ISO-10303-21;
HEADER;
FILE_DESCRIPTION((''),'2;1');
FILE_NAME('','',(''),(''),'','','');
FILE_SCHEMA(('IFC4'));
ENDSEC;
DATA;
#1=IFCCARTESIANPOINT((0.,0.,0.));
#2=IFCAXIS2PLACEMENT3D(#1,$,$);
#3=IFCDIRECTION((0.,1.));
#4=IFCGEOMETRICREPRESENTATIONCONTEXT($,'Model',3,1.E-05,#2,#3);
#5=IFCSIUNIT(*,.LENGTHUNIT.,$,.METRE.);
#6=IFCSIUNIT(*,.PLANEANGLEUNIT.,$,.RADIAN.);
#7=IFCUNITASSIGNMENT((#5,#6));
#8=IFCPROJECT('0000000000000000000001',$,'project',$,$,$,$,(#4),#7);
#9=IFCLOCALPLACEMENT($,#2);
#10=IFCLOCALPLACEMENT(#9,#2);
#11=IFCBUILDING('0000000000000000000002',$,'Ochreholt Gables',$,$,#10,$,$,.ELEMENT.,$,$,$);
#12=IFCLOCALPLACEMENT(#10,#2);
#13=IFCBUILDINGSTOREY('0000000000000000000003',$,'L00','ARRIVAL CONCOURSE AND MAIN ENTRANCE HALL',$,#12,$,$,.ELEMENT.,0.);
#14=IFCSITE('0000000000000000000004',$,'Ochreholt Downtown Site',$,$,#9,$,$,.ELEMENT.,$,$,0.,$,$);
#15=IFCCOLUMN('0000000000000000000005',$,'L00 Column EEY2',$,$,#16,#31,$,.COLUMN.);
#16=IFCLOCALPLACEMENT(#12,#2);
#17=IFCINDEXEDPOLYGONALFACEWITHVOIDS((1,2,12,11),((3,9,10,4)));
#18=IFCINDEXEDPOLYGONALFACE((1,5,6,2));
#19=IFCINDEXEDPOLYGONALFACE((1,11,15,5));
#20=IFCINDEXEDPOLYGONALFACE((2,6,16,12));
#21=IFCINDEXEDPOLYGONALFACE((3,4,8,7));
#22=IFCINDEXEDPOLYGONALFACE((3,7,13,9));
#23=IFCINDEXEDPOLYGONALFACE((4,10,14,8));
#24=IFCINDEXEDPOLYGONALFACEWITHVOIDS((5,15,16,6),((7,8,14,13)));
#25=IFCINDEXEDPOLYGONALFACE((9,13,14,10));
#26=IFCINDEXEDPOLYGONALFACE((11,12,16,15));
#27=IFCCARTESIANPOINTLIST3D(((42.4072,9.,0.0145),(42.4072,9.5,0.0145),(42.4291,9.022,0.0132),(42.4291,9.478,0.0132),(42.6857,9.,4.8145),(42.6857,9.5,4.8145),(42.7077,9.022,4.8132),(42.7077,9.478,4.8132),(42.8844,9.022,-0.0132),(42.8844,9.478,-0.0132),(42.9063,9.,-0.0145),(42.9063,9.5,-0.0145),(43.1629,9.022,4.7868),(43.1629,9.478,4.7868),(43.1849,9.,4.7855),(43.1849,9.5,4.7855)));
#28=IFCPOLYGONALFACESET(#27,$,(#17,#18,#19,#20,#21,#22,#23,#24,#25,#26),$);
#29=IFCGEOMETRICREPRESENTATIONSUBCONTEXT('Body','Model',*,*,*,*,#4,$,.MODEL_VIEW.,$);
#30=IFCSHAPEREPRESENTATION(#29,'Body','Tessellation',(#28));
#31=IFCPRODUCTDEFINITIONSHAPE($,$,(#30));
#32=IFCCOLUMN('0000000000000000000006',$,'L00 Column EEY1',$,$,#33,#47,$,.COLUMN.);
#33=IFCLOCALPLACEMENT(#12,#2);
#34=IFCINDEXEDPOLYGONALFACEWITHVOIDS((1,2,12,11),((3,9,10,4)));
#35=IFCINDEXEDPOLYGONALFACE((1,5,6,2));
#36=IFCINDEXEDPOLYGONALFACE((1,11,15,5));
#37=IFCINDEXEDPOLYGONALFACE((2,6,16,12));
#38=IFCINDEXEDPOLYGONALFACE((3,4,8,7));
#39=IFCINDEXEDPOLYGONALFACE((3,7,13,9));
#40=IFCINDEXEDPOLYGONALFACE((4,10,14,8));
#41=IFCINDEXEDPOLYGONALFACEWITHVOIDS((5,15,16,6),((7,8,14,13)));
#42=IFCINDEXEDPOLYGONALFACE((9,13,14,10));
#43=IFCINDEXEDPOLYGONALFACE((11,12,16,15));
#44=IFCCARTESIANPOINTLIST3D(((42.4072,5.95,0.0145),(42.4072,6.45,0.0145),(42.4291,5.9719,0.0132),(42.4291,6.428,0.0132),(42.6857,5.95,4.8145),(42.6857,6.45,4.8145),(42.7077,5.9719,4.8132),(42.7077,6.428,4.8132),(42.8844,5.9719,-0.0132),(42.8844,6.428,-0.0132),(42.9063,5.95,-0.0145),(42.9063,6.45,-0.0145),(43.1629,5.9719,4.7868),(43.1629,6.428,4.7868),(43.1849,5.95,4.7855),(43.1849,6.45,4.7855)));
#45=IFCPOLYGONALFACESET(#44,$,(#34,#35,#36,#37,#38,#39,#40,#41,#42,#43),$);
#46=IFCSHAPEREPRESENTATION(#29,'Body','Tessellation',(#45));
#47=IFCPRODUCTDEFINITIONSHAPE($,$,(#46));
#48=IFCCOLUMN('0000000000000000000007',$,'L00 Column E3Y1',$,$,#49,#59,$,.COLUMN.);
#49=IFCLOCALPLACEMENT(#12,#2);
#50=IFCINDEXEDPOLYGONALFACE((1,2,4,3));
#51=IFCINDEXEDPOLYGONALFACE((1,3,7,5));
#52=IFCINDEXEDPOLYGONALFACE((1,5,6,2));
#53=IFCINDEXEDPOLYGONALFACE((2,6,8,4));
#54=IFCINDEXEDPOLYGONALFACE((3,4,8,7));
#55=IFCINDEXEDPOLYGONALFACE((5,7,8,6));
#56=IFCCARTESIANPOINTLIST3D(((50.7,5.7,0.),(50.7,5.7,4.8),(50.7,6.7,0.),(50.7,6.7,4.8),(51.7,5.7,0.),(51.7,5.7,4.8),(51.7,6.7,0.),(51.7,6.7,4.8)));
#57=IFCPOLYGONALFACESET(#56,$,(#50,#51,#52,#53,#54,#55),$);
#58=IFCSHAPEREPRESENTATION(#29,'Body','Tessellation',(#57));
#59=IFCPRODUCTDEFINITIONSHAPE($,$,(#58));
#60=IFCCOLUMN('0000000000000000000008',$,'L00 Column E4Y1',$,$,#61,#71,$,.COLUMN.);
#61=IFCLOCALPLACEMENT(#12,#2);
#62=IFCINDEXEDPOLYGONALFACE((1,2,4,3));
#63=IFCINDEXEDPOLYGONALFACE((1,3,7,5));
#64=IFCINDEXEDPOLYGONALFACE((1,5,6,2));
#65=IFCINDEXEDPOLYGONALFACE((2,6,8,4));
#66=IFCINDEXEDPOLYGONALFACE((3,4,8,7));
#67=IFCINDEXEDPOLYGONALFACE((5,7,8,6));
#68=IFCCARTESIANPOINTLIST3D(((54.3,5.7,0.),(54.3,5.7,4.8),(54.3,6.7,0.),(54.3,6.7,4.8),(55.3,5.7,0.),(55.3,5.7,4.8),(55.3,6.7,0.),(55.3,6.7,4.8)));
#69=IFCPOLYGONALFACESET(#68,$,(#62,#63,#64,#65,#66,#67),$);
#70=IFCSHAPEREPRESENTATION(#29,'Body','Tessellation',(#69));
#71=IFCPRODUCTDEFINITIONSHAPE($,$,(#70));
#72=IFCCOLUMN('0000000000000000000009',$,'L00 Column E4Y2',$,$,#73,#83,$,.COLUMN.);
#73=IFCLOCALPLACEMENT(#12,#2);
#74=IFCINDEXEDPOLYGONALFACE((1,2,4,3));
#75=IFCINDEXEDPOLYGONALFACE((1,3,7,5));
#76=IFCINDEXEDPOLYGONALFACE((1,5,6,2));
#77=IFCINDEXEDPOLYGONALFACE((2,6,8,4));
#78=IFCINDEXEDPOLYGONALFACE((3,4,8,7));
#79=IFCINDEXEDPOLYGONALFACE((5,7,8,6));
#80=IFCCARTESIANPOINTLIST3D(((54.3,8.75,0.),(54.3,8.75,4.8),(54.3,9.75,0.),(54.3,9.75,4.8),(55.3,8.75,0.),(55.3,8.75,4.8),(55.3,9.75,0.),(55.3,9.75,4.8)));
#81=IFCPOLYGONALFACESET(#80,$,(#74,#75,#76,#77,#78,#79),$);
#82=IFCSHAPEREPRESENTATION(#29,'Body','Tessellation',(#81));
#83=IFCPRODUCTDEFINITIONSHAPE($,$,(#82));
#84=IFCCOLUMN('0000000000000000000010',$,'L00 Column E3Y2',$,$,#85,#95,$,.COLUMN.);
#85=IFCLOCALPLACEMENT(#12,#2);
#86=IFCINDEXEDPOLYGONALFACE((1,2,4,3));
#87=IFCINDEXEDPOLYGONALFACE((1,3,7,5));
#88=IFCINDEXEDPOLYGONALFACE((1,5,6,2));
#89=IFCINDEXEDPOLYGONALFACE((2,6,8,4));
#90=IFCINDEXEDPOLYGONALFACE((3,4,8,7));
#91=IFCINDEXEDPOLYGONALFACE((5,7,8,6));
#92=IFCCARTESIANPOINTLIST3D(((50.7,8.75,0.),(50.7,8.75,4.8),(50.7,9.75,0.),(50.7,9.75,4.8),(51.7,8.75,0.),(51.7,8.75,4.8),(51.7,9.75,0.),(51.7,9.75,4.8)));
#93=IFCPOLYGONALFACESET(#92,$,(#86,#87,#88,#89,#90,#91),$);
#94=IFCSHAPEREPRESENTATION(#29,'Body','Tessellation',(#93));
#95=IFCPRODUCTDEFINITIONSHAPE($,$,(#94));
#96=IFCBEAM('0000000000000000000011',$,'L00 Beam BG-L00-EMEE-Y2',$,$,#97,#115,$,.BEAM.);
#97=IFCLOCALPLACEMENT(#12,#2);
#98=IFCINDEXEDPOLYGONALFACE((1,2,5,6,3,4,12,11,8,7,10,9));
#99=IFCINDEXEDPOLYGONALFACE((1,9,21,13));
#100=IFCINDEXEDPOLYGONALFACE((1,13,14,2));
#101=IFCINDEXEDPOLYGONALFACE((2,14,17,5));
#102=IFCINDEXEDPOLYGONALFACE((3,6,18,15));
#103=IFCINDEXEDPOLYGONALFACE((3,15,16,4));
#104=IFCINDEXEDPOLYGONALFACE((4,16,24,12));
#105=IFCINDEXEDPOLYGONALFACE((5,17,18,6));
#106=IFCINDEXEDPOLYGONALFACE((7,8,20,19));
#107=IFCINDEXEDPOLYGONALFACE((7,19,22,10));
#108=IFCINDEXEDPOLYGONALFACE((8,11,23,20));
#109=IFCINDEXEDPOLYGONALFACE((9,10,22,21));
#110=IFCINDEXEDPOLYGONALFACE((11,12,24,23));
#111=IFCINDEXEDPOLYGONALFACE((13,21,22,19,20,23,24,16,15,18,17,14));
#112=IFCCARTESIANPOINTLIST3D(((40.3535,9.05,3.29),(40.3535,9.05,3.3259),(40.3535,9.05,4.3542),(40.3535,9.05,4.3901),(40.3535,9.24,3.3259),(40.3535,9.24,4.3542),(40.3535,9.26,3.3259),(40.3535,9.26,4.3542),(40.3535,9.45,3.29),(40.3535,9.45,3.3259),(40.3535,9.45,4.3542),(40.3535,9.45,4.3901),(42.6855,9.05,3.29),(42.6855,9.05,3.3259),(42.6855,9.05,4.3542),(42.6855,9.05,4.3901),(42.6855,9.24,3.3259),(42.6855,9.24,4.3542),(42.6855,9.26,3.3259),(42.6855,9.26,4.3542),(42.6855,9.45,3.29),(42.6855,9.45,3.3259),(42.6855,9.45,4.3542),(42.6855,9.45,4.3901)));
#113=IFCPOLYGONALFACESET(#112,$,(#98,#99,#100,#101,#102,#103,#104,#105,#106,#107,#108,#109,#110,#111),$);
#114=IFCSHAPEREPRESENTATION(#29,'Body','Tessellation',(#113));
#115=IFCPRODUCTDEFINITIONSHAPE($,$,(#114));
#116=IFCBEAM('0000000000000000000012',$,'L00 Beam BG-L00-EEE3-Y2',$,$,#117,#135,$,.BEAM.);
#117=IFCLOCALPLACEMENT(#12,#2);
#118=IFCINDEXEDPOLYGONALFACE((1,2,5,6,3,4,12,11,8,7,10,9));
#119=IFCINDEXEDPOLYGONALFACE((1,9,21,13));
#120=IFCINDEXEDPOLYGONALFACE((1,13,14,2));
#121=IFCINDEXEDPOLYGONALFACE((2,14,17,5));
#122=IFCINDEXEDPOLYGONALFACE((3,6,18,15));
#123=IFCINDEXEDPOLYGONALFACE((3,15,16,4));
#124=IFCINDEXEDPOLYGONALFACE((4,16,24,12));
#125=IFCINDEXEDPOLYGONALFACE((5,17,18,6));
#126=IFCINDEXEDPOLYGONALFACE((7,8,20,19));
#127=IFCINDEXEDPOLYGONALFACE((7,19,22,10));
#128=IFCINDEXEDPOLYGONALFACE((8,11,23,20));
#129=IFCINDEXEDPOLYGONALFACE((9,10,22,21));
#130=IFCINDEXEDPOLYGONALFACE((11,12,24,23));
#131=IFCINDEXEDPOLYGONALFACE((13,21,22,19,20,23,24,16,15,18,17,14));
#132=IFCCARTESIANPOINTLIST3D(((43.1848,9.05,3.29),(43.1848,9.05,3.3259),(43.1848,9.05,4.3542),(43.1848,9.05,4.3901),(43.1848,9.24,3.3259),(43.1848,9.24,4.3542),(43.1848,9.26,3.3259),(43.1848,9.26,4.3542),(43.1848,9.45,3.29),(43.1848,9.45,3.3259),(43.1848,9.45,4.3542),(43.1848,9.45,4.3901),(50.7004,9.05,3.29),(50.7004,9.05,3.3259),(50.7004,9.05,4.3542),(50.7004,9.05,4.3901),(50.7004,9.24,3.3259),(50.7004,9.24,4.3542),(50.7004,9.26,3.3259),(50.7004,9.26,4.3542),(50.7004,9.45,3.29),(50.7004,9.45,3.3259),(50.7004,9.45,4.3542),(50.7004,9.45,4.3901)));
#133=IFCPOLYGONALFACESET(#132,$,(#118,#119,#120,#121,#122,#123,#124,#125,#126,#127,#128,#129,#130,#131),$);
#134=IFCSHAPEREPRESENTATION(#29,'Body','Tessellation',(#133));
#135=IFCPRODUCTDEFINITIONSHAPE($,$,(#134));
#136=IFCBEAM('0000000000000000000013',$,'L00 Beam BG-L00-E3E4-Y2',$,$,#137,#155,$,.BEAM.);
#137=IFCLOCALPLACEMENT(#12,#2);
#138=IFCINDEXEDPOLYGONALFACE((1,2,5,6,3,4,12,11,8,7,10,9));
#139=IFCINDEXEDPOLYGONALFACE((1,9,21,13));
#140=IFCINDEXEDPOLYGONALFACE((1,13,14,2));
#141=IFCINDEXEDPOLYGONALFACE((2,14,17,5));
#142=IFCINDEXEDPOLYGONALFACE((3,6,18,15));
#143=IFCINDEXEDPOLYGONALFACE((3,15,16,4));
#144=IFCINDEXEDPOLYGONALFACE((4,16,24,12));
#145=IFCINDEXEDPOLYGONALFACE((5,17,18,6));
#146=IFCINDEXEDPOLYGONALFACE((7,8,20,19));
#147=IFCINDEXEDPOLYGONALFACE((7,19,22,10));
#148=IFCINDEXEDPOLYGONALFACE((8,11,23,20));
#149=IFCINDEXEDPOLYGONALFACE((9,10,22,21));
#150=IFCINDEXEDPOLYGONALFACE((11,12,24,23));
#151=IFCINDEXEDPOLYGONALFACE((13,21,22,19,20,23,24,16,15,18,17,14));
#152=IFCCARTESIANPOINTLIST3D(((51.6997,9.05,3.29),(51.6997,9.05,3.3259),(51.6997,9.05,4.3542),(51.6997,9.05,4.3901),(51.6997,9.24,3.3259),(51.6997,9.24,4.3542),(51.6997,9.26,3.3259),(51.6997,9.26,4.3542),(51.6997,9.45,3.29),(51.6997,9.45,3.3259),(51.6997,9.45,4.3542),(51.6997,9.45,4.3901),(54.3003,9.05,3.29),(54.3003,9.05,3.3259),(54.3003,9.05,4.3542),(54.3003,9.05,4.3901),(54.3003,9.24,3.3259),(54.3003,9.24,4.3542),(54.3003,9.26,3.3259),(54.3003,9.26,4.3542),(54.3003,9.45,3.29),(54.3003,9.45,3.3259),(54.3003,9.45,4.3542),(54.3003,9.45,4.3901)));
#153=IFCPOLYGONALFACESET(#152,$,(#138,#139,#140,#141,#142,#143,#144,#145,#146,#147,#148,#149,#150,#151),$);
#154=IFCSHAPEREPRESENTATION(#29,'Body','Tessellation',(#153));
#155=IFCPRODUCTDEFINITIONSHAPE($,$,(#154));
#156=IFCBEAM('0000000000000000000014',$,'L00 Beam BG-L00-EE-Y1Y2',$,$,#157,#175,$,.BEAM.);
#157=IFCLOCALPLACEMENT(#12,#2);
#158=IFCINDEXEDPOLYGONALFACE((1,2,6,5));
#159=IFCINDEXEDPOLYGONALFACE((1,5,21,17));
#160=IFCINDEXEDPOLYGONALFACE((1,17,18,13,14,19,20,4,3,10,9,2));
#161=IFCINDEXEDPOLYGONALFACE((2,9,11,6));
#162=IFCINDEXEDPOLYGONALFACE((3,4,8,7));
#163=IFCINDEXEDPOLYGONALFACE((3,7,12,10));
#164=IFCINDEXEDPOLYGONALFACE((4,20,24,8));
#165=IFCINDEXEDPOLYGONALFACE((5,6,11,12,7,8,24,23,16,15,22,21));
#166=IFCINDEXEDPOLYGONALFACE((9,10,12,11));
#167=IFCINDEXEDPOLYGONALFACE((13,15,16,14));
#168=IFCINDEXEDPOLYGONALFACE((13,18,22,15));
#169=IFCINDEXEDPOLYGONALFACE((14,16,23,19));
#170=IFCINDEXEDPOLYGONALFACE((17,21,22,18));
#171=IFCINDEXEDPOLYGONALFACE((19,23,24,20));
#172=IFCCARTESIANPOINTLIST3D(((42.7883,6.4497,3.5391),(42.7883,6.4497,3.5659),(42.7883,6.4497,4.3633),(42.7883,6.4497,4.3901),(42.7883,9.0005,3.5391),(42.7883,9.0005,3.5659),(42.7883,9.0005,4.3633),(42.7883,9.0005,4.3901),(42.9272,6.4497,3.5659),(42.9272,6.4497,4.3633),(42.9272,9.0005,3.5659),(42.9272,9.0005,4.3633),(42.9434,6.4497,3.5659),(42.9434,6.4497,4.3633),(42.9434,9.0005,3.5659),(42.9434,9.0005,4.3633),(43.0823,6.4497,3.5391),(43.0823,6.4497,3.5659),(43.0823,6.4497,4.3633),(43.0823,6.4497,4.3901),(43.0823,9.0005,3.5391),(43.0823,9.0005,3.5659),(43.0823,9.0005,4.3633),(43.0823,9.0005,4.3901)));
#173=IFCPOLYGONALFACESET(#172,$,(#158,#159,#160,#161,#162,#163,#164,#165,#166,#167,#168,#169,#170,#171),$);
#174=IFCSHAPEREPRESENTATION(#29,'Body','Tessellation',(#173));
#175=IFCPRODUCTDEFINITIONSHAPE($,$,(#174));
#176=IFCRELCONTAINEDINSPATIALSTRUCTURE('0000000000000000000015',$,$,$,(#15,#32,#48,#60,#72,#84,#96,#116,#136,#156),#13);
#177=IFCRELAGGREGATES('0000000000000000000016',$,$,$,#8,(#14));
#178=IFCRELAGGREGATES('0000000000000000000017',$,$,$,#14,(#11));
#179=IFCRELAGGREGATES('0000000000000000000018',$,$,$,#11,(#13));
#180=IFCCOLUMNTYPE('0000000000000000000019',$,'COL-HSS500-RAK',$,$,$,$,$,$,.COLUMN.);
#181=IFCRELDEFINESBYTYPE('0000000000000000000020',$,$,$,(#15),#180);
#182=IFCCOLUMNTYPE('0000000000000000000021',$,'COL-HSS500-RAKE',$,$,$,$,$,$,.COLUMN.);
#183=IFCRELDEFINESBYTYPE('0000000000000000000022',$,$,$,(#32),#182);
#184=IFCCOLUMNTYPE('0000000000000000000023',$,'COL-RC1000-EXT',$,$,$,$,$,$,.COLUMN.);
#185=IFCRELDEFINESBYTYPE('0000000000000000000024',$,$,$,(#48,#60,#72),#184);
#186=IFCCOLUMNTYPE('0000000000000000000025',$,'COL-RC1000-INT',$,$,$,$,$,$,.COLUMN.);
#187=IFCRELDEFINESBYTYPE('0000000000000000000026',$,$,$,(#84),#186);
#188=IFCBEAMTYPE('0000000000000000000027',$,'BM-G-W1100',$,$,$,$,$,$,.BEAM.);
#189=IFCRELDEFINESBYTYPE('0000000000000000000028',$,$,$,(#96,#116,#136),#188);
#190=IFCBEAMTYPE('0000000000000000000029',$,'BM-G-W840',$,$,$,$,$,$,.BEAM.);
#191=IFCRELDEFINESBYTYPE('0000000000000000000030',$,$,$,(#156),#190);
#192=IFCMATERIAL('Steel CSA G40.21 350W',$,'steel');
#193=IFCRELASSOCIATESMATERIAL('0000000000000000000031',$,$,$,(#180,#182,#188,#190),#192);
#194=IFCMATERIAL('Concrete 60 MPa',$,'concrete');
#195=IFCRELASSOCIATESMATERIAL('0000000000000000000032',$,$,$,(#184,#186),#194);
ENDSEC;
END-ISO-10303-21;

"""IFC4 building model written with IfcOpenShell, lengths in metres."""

from ifc_helpers import new_model, si_unit, direction, frame, origin, origin_2d, place, context, subcontext, project, spatial, rectangle, hollow_rectangle, i_section, extrude, material, material_profile, profile_set, type_object, element, save


model = new_model("IFC4")

# Units and contexts
model_context = context("Model", 3, precision=1e-05, world=origin(), true_north=direction((0.0, 1.0)))
body_context = subcontext(model_context, "Body", "Model", "MODEL_VIEW")
ifc_project = project(units=[si_unit("LENGTHUNIT", "METRE"), si_unit("PLANEANGLEUNIT", "RADIAN")], contexts=[model_context])

# Site, building, storey
site_placement = place(None, origin())
site = spatial("IfcSite", under=ifc_project, at=site_placement, Name="Ochreholt Downtown Site", CompositionType="ELEMENT", RefElevation=0.0)
building_placement = place(site_placement, origin())
building = spatial("IfcBuilding", under=site, at=building_placement, Name="Ochreholt Gables", CompositionType="ELEMENT")
storey_placement = place(building_placement, origin())
storey = spatial("IfcBuildingStorey", under=building, at=storey_placement, Name="L00", Description="ARRIVAL CONCOURSE AND MAIN ENTRANCE HALL", CompositionType="ELEMENT", Elevation=0.0)

# Columns
ifc_material_1 = material(Name="Steel CSA G40.21 350W", Category="steel")
ifc_material_profile_1 = material_profile(ifc_material_1, hollow_rectangle(XDim=0.5, YDim=0.5, WallThickness=0.022, at=origin_2d()), Name="HSS500X500X22")
ifc_profile_set_1 = profile_set([ifc_material_profile_1], Name="Steel CSA G40.21 350W")
column_type_1 = type_object("IfcColumnType", Name="COL-HSS500-RAK", PredefinedType="COLUMN", material=ifc_profile_set_1)
column_1_placement = place(storey_placement, frame((42.6567, 9.25, 0.0), z_axis=(0.057936, 0.0, 0.99832), x_axis=(0.0, 1.0, 0.0)))
element("IfcColumn", 1, at=column_1_placement, inside=storey, type_object=column_type_1, Name="L00 Column EEY2", PredefinedType="COLUMN", context=body_context, shape_type="SweptSolid", body=[
    extrude(hollow_rectangle(XDim=0.5, YDim=0.5, WallThickness=0.022, at=origin_2d()), origin(), (0.0, 0.0, 1.0), 4.8081),
])
ifc_material_profile_2 = material_profile(ifc_material_1, hollow_rectangle(XDim=0.5, YDim=0.5, WallThickness=0.022, at=origin_2d()), Name="HSS500X500X22")
ifc_profile_set_2 = profile_set([ifc_material_profile_2], Name="Steel CSA G40.21 350W")
column_type_2 = type_object("IfcColumnType", Name="COL-HSS500-RAKE", PredefinedType="COLUMN", material=ifc_profile_set_2)
column_2_placement = place(storey_placement, frame((42.6567, 6.2, 0.0), z_axis=(0.057936, 0.0, 0.99832), x_axis=(0.0, 1.0, 0.0)))
element("IfcColumn", 2, at=column_2_placement, inside=storey, type_object=column_type_2, Name="L00 Column EEY1", PredefinedType="COLUMN", context=body_context, shape_type="SweptSolid", body=[
    extrude(hollow_rectangle(XDim=0.5, YDim=0.5, WallThickness=0.022, at=origin_2d()), origin(), (0.0, 0.0, 1.0), 4.8081),
])
ifc_material_2 = material(Name="Concrete 60 MPa", Category="concrete")
ifc_material_profile_3 = material_profile(ifc_material_2, rectangle(XDim=1.0, YDim=1.0, at=origin_2d()), Name="RC1000X1000")
ifc_profile_set_3 = profile_set([ifc_material_profile_3], Name="Concrete 60 MPa")
column_type_3 = type_object("IfcColumnType", Name="COL-RC1000-EXT", PredefinedType="COLUMN", material=ifc_profile_set_3)
for number, where, z_axis, x_axis, name in (
    (3, (51.2, 6.2, 0.0), (0.0, 0.0, 1.0), (1.0, 0.0, 0.0), "L00 Column E3Y1"),
    (4, (54.8, 6.2, 0.0), (0.0, 0.0, 1.0), (1.0, 0.0, 0.0), "L00 Column E4Y1"),
    (5, (54.8, 9.25, 0.0), (0.0, 0.0, 1.0), (1.0, 0.0, 0.0), "L00 Column E4Y2"),
):
    element("IfcColumn", number, at=place(storey_placement, frame(where, z_axis=z_axis, x_axis=x_axis)), inside=storey, type_object=column_type_3, Name=name, PredefinedType="COLUMN", context=body_context, shape_type="SweptSolid", body=[
        extrude(rectangle(XDim=1.0, YDim=1.0, at=origin_2d()), origin(), (0.0, 0.0, 1.0), 4.8),
    ])
ifc_material_profile_4 = material_profile(ifc_material_2, rectangle(XDim=1.0, YDim=1.0, at=origin_2d()), Name="RC1000X1000")
ifc_profile_set_4 = profile_set([ifc_material_profile_4], Name="Concrete 60 MPa")
column_type_4 = type_object("IfcColumnType", Name="COL-RC1000-INT", PredefinedType="COLUMN", material=ifc_profile_set_4)
column_3_placement = place(storey_placement, frame((51.2, 9.25, 0.0), z_axis=(0.0, 0.0, 1.0), x_axis=(1.0, 0.0, 0.0)))
element("IfcColumn", 6, at=column_3_placement, inside=storey, type_object=column_type_4, Name="L00 Column E3Y2", PredefinedType="COLUMN", context=body_context, shape_type="SweptSolid", body=[
    extrude(rectangle(XDim=1.0, YDim=1.0, at=origin_2d()), origin(), (0.0, 0.0, 1.0), 4.8),
])

# Beams
ifc_material_profile_5 = material_profile(ifc_material_1, i_section(OverallWidth=0.3999, OverallDepth=1.1001, WebThickness=0.02, FlangeThickness=0.0359, at=origin_2d()), Name="W1100X390")
ifc_profile_set_5 = profile_set([ifc_material_profile_5], Name="Steel CSA G40.21 350W")
beam_type_1 = type_object("IfcBeamType", Name="BM-G-W1100", PredefinedType="BEAM", material=ifc_profile_set_5)
beam_1_placement = place(storey_placement, frame((40.3535, 9.25, 3.8401), z_axis=(1.0, 0.0, 0.0), x_axis=(0.0, 1.0, 0.0)))
element("IfcBeam", 7, at=beam_1_placement, inside=storey, type_object=beam_type_1, Name="L00 Beam BG-L00-EMEE-Y2", PredefinedType="BEAM", context=body_context, shape_type="SweptSolid", body=[
    extrude(i_section(OverallWidth=0.3999, OverallDepth=1.1001, WebThickness=0.02, FlangeThickness=0.0359, at=origin_2d()), origin(), (0.0, 0.0, 1.0), 2.332),
])
beam_2_placement = place(storey_placement, frame((43.1848, 9.25, 3.8401), z_axis=(1.0, 0.0, 0.0), x_axis=(0.0, 1.0, 0.0)))
element("IfcBeam", 8, at=beam_2_placement, inside=storey, type_object=beam_type_1, Name="L00 Beam BG-L00-EEE3-Y2", PredefinedType="BEAM", context=body_context, shape_type="SweptSolid", body=[
    extrude(i_section(OverallWidth=0.3999, OverallDepth=1.1001, WebThickness=0.02, FlangeThickness=0.0359, at=origin_2d()), origin(), (0.0, 0.0, 1.0), 7.5156),
])
beam_3_placement = place(storey_placement, frame((51.6997, 9.25, 3.8401), z_axis=(1.0, 0.0, 0.0), x_axis=(0.0, 1.0, 0.0)))
element("IfcBeam", 9, at=beam_3_placement, inside=storey, type_object=beam_type_1, Name="L00 Beam BG-L00-E3E4-Y2", PredefinedType="BEAM", context=body_context, shape_type="SweptSolid", body=[
    extrude(i_section(OverallWidth=0.3999, OverallDepth=1.1001, WebThickness=0.02, FlangeThickness=0.0359, at=origin_2d()), origin(), (0.0, 0.0, 1.0), 2.6006),
])
ifc_material_profile_6 = material_profile(ifc_material_1, i_section(OverallWidth=0.2939, OverallDepth=0.8511, WebThickness=0.0161, FlangeThickness=0.0269, at=origin_2d()), Name="W840X226")
ifc_profile_set_6 = profile_set([ifc_material_profile_6], Name="Steel CSA G40.21 350W")
beam_type_2 = type_object("IfcBeamType", Name="BM-G-W840", PredefinedType="BEAM", material=ifc_profile_set_6)
beam_4_placement = place(storey_placement, frame((42.9353, 6.4497, 3.9646), z_axis=(0.0, 1.0, 0.0), x_axis=(-1.0, 0.0, 0.0)))
element("IfcBeam", 10, at=beam_4_placement, inside=storey, type_object=beam_type_2, Name="L00 Beam BG-L00-EE-Y1Y2", PredefinedType="BEAM", context=body_context, shape_type="SweptSolid", body=[
    extrude(i_section(OverallWidth=0.2939, OverallDepth=0.8511, WebThickness=0.0161, FlangeThickness=0.0269, at=origin_2d()), origin(), (0.0, 0.0, 1.0), 2.5508),
])

save(model, "model.ifc")
